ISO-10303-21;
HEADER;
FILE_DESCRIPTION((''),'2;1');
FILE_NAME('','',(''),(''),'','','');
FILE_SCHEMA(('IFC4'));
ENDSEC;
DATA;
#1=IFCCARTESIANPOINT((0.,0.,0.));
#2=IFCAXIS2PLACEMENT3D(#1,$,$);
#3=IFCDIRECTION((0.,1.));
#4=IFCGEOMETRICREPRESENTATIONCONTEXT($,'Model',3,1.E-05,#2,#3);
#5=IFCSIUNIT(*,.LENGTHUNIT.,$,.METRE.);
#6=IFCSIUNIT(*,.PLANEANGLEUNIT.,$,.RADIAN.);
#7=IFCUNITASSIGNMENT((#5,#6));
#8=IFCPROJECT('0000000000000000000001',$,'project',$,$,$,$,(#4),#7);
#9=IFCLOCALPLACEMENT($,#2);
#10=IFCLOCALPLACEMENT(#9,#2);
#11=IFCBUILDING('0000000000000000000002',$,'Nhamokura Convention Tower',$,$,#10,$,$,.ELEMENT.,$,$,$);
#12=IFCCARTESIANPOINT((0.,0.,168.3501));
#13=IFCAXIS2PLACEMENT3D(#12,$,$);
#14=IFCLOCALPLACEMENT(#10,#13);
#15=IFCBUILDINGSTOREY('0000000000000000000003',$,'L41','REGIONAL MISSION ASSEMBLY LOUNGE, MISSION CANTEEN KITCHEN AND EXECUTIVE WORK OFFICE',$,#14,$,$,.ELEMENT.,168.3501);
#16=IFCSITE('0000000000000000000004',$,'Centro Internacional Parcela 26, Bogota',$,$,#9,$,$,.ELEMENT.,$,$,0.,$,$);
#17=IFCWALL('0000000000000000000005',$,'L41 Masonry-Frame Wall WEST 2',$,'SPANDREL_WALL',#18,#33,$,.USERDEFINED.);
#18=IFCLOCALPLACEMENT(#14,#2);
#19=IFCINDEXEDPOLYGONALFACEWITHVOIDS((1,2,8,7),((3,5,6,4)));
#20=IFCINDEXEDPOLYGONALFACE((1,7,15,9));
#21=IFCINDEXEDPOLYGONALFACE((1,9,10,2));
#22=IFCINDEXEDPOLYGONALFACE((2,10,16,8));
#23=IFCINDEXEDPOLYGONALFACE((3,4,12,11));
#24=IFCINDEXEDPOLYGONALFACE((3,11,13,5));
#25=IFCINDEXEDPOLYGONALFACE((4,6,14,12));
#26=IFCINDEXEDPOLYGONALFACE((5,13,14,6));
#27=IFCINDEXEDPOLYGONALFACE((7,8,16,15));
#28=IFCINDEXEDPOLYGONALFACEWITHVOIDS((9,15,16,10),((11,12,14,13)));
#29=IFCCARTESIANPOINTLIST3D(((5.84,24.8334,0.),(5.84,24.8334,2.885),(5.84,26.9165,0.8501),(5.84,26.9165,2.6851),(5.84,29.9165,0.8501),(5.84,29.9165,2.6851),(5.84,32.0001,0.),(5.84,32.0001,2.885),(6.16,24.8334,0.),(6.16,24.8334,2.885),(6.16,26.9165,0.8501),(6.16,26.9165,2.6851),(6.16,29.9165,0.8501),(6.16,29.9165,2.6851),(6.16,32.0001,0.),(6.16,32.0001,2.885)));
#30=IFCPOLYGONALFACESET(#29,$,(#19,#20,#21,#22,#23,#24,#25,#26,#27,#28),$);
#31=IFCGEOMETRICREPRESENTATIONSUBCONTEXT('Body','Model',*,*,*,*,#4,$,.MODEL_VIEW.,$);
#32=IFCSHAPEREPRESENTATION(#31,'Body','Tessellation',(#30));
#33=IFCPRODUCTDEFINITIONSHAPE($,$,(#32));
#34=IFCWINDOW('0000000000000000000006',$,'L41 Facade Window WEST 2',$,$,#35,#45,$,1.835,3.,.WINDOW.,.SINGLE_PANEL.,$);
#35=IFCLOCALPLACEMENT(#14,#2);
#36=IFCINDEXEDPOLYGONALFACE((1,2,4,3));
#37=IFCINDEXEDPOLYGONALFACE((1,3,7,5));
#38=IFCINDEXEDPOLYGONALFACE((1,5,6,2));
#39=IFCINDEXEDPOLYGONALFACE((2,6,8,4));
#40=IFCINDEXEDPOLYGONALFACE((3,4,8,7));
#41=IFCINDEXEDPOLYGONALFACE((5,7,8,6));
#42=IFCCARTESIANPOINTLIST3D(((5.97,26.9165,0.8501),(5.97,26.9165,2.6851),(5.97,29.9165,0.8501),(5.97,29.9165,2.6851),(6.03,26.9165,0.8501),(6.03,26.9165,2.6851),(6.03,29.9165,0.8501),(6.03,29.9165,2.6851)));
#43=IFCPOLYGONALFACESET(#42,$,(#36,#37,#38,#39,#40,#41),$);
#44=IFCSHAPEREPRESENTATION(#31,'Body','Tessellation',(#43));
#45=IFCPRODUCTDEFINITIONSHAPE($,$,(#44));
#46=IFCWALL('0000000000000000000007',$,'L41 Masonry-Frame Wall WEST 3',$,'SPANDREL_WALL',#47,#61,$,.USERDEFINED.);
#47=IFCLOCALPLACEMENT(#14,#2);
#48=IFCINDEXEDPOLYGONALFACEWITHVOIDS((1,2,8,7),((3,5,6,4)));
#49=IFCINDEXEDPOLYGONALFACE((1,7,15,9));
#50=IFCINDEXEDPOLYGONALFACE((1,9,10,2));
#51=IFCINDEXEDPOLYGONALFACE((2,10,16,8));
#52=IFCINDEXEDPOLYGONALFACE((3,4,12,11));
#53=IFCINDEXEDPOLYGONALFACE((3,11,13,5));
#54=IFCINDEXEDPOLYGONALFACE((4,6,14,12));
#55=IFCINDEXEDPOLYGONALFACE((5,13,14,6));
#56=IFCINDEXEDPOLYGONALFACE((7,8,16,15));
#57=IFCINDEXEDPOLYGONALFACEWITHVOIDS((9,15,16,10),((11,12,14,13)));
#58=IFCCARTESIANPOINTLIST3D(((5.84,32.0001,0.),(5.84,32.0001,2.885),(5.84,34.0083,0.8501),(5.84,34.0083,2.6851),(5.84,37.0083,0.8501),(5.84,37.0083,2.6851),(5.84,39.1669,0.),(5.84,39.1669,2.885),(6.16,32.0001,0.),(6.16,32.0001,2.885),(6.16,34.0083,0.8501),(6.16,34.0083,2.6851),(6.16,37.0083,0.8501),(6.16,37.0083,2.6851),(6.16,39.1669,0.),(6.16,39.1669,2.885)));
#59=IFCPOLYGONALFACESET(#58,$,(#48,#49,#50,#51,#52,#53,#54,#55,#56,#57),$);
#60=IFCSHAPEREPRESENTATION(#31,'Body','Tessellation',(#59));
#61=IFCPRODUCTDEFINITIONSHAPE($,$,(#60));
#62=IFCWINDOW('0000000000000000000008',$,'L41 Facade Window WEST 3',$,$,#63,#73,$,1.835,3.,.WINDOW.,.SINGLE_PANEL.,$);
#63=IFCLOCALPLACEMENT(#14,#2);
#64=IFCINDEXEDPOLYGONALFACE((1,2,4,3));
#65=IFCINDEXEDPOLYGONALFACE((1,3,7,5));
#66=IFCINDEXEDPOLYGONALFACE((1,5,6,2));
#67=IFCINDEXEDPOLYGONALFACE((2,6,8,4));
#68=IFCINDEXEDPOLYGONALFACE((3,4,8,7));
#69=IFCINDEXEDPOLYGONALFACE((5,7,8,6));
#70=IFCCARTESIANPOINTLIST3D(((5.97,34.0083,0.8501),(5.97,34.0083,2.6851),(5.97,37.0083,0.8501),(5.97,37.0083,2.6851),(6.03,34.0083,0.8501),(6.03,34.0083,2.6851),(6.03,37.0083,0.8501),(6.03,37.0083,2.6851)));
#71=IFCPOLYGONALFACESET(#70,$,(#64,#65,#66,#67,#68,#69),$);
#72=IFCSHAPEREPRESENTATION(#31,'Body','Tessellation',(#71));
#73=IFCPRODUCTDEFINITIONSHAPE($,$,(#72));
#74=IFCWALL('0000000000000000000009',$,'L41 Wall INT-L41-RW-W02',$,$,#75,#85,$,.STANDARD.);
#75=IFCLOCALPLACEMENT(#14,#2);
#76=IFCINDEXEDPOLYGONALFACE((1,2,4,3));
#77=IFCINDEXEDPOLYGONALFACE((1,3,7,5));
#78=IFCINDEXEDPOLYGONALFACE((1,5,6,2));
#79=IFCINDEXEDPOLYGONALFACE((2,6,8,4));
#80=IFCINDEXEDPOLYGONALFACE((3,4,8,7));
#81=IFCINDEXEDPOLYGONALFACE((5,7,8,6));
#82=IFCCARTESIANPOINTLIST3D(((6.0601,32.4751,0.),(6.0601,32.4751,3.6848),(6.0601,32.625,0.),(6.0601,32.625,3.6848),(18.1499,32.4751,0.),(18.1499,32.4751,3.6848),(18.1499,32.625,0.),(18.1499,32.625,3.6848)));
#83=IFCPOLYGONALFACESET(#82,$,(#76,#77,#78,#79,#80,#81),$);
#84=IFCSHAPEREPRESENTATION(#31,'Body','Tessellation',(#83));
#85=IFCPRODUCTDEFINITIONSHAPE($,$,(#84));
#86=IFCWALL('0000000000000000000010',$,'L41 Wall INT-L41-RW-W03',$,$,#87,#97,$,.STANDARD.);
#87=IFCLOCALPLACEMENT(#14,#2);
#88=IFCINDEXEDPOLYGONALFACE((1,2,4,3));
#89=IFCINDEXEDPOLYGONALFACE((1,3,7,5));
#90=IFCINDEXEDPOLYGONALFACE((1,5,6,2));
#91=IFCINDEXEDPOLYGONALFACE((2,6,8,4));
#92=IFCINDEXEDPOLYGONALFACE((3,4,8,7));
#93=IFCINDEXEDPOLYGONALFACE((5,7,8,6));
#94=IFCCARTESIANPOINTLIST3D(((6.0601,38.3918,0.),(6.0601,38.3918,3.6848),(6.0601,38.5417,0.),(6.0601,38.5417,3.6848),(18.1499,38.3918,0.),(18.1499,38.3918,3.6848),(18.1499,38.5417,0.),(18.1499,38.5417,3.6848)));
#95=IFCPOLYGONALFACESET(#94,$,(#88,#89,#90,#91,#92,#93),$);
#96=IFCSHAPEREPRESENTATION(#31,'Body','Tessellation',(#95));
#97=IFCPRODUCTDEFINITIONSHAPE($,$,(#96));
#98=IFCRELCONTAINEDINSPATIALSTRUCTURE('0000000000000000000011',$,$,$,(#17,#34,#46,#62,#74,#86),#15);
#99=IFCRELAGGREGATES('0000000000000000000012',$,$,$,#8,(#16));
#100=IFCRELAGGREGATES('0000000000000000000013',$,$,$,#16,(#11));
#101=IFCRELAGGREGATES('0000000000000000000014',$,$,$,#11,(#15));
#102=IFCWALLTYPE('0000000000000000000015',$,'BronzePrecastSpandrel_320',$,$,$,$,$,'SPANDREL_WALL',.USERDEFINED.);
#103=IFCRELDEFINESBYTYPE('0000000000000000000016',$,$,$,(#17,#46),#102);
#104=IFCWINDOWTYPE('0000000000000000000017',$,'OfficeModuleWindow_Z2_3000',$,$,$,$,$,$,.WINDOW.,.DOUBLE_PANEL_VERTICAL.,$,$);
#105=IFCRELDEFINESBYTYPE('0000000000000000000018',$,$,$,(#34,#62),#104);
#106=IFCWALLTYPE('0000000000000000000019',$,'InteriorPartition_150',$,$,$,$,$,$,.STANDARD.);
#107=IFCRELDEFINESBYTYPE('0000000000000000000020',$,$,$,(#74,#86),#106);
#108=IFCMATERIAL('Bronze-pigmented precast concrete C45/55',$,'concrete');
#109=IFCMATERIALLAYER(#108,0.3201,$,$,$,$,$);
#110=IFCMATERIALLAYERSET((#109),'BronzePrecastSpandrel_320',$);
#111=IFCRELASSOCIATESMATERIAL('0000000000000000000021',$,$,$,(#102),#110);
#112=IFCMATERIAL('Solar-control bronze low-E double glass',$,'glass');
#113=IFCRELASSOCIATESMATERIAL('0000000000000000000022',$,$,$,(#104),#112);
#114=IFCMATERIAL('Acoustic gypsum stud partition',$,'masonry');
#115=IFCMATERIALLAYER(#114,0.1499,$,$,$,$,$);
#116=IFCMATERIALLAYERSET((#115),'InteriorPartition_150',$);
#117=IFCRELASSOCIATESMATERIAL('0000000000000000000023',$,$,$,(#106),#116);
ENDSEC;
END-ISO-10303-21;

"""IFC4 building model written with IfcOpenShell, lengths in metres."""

from ifc_helpers import new_model, si_unit, direction, frame, frame_2d, origin, place, context, subcontext, project, spatial, rectangle, extrude, material, layer, layer_set, type_object, element, fill, save


model = new_model("IFC4")

# Units and contexts
model_context = context("Model", 3, precision=1e-05, world=origin(), true_north=direction((0.0, 1.0)))
body_context = subcontext(model_context, "Body", "Model", "MODEL_VIEW")
ifc_project = project(units=[si_unit("LENGTHUNIT", "METRE"), si_unit("PLANEANGLEUNIT", "RADIAN")], contexts=[model_context])

# Site, building, storey
site_placement = place(None, origin())
site = spatial("IfcSite", under=ifc_project, at=site_placement, Name="Centro Internacional Parcela 26, Bogota", CompositionType="ELEMENT", RefElevation=0.0)
building_placement = place(site_placement, origin())
building = spatial("IfcBuilding", under=site, at=building_placement, Name="Nhamokura Convention Tower", CompositionType="ELEMENT")
storey_placement = place(building_placement, frame((0.0, 0.0, 168.3501)))
storey = spatial("IfcBuildingStorey", under=building, at=storey_placement, Name="L41", Description="REGIONAL MISSION ASSEMBLY LOUNGE, MISSION CANTEEN KITCHEN AND EXECUTIVE WORK OFFICE", CompositionType="ELEMENT", Elevation=168.3501)

# Shared definitions
ifc_material_1 = material(Name="Bronze-pigmented precast concrete C45/55", Category="concrete")
ifc_layer_1 = layer(ifc_material_1, 0.3201)
ifc_layer_set_1 = layer_set([ifc_layer_1], Name="BronzePrecastSpandrel_320")
wall_type_1 = type_object("IfcWallType", Name="BronzePrecastSpandrel_320", ElementType="SPANDREL_WALL", PredefinedType="USERDEFINED", material=ifc_layer_set_1)

# Walls, openings, windows
wall_1_placement = place(storey_placement, frame((6.0, 24.8333, 0.0), z_axis=(0.0, 0.0, 1.0), x_axis=(0.0, 1.0, 0.0)))
wall_1 = element("IfcWall", 1, at=wall_1_placement, inside=storey, type_object=wall_type_1, Name="L41 Masonry-Frame Wall WEST 2", ObjectType="SPANDREL_WALL", PredefinedType="USERDEFINED", context=body_context, shape_type="SweptSolid", body=[
    extrude(rectangle(XDim=7.1667, YDim=0.3201, at=frame_2d((3.5835, 0.0))), origin(), (0.0, 0.0, 1.0), 2.885),
])
opening_1_placement = place(wall_1_placement, frame((2.0833, 0.0, 0.8501)))
opening_1 = element("IfcOpeningElement", 2, at=opening_1_placement, cuts=wall_1, PredefinedType="OPENING", context=body_context, shape_type="SweptSolid", body=[
    extrude(rectangle(XDim=3.0, YDim=1.835, at=frame_2d((1.5, 0.9175))), frame((0.0, 0.1699, 0.0), z_axis=(0.0, -1.0, 0.0), x_axis=(1.0, 0.0, 0.0)), (0.0, 0.0, 1.0), 0.3401),
])
ifc_material_2 = material(Name="Solar-control bronze low-E double glass", Category="glass")
window_type = type_object("IfcWindowType", Name="OfficeModuleWindow_Z2_3000", PartitioningType="DOUBLE_PANEL_VERTICAL", PredefinedType="WINDOW", material=ifc_material_2)
window_1_placement = place(opening_1_placement, origin())
window_1 = element("IfcWindow", 3, at=window_1_placement, inside=storey, type_object=window_type, Name="L41 Facade Window WEST 2", OverallHeight=1.835, OverallWidth=3.0, PartitioningType="SINGLE_PANEL", PredefinedType="WINDOW", context=body_context, shape_type="SweptSolid", body=[
    extrude(rectangle(XDim=3.0, YDim=1.835, at=frame_2d((1.5, 0.9175))), frame((0.0, 0.03, 0.0), z_axis=(0.0, -1.0, 0.0), x_axis=(1.0, 0.0, 0.0)), (0.0, 0.0, 1.0), 0.0601),
])
fill(opening_1, window_1)
wall_2_placement = place(storey_placement, frame((6.0, 32.0, 0.0), z_axis=(0.0, 0.0, 1.0), x_axis=(0.0, 1.0, 0.0)))
wall_2 = element("IfcWall", 4, at=wall_2_placement, inside=storey, type_object=wall_type_1, Name="L41 Masonry-Frame Wall WEST 3", ObjectType="SPANDREL_WALL", PredefinedType="USERDEFINED", context=body_context, shape_type="SweptSolid", body=[
    extrude(rectangle(XDim=7.1667, YDim=0.3201, at=frame_2d((3.5835, 0.0))), origin(), (0.0, 0.0, 1.0), 2.885),
])
opening_2_placement = place(wall_2_placement, frame((2.0083, 0.0, 0.8501)))
opening_2 = element("IfcOpeningElement", 5, at=opening_2_placement, cuts=wall_2, PredefinedType="OPENING", context=body_context, shape_type="SweptSolid", body=[
    extrude(rectangle(XDim=3.0, YDim=1.835, at=frame_2d((1.5, 0.9175))), frame((0.0, 0.1699, 0.0), z_axis=(0.0, -1.0, 0.0), x_axis=(1.0, 0.0, 0.0)), (0.0, 0.0, 1.0), 0.3401),
])
window_2_placement = place(opening_2_placement, origin())
window_2 = element("IfcWindow", 6, at=window_2_placement, inside=storey, type_object=window_type, Name="L41 Facade Window WEST 3", OverallHeight=1.835, OverallWidth=3.0, PartitioningType="SINGLE_PANEL", PredefinedType="WINDOW", context=body_context, shape_type="SweptSolid", body=[
    extrude(rectangle(XDim=3.0, YDim=1.835, at=frame_2d((1.5, 0.9175))), frame((0.0, 0.03, 0.0), z_axis=(0.0, -1.0, 0.0), x_axis=(1.0, 0.0, 0.0)), (0.0, 0.0, 1.0), 0.0601),
])
fill(opening_2, window_2)

# Walls
ifc_material_3 = material(Name="Acoustic gypsum stud partition", Category="masonry")
ifc_layer_2 = layer(ifc_material_3, 0.1499)
ifc_layer_set_2 = layer_set([ifc_layer_2], Name="InteriorPartition_150")
wall_type_2 = type_object("IfcWallType", Name="InteriorPartition_150", PredefinedType="STANDARD", material=ifc_layer_set_2)
for number, where, z_axis, x_axis, name in (
    (7, (6.0601, 32.55, 0.0), (0.0, 0.0, 1.0), (1.0, 0.0, 0.0), "L41 Wall INT-L41-RW-W02"),
    (8, (6.0601, 38.4668, 0.0), (0.0, 0.0, 1.0), (1.0, 0.0, 0.0), "L41 Wall INT-L41-RW-W03"),
):
    element("IfcWall", number, at=place(storey_placement, frame(where, z_axis=z_axis, x_axis=x_axis)), inside=storey, type_object=wall_type_2, Name=name, PredefinedType="STANDARD", context=body_context, shape_type="SweptSolid", body=[
        extrude(rectangle(XDim=12.0898, YDim=0.1499, at=frame_2d((6.0449, 0.0))), origin(), (0.0, 0.0, 1.0), 3.6848),
    ])

save(model, "model.ifc")
